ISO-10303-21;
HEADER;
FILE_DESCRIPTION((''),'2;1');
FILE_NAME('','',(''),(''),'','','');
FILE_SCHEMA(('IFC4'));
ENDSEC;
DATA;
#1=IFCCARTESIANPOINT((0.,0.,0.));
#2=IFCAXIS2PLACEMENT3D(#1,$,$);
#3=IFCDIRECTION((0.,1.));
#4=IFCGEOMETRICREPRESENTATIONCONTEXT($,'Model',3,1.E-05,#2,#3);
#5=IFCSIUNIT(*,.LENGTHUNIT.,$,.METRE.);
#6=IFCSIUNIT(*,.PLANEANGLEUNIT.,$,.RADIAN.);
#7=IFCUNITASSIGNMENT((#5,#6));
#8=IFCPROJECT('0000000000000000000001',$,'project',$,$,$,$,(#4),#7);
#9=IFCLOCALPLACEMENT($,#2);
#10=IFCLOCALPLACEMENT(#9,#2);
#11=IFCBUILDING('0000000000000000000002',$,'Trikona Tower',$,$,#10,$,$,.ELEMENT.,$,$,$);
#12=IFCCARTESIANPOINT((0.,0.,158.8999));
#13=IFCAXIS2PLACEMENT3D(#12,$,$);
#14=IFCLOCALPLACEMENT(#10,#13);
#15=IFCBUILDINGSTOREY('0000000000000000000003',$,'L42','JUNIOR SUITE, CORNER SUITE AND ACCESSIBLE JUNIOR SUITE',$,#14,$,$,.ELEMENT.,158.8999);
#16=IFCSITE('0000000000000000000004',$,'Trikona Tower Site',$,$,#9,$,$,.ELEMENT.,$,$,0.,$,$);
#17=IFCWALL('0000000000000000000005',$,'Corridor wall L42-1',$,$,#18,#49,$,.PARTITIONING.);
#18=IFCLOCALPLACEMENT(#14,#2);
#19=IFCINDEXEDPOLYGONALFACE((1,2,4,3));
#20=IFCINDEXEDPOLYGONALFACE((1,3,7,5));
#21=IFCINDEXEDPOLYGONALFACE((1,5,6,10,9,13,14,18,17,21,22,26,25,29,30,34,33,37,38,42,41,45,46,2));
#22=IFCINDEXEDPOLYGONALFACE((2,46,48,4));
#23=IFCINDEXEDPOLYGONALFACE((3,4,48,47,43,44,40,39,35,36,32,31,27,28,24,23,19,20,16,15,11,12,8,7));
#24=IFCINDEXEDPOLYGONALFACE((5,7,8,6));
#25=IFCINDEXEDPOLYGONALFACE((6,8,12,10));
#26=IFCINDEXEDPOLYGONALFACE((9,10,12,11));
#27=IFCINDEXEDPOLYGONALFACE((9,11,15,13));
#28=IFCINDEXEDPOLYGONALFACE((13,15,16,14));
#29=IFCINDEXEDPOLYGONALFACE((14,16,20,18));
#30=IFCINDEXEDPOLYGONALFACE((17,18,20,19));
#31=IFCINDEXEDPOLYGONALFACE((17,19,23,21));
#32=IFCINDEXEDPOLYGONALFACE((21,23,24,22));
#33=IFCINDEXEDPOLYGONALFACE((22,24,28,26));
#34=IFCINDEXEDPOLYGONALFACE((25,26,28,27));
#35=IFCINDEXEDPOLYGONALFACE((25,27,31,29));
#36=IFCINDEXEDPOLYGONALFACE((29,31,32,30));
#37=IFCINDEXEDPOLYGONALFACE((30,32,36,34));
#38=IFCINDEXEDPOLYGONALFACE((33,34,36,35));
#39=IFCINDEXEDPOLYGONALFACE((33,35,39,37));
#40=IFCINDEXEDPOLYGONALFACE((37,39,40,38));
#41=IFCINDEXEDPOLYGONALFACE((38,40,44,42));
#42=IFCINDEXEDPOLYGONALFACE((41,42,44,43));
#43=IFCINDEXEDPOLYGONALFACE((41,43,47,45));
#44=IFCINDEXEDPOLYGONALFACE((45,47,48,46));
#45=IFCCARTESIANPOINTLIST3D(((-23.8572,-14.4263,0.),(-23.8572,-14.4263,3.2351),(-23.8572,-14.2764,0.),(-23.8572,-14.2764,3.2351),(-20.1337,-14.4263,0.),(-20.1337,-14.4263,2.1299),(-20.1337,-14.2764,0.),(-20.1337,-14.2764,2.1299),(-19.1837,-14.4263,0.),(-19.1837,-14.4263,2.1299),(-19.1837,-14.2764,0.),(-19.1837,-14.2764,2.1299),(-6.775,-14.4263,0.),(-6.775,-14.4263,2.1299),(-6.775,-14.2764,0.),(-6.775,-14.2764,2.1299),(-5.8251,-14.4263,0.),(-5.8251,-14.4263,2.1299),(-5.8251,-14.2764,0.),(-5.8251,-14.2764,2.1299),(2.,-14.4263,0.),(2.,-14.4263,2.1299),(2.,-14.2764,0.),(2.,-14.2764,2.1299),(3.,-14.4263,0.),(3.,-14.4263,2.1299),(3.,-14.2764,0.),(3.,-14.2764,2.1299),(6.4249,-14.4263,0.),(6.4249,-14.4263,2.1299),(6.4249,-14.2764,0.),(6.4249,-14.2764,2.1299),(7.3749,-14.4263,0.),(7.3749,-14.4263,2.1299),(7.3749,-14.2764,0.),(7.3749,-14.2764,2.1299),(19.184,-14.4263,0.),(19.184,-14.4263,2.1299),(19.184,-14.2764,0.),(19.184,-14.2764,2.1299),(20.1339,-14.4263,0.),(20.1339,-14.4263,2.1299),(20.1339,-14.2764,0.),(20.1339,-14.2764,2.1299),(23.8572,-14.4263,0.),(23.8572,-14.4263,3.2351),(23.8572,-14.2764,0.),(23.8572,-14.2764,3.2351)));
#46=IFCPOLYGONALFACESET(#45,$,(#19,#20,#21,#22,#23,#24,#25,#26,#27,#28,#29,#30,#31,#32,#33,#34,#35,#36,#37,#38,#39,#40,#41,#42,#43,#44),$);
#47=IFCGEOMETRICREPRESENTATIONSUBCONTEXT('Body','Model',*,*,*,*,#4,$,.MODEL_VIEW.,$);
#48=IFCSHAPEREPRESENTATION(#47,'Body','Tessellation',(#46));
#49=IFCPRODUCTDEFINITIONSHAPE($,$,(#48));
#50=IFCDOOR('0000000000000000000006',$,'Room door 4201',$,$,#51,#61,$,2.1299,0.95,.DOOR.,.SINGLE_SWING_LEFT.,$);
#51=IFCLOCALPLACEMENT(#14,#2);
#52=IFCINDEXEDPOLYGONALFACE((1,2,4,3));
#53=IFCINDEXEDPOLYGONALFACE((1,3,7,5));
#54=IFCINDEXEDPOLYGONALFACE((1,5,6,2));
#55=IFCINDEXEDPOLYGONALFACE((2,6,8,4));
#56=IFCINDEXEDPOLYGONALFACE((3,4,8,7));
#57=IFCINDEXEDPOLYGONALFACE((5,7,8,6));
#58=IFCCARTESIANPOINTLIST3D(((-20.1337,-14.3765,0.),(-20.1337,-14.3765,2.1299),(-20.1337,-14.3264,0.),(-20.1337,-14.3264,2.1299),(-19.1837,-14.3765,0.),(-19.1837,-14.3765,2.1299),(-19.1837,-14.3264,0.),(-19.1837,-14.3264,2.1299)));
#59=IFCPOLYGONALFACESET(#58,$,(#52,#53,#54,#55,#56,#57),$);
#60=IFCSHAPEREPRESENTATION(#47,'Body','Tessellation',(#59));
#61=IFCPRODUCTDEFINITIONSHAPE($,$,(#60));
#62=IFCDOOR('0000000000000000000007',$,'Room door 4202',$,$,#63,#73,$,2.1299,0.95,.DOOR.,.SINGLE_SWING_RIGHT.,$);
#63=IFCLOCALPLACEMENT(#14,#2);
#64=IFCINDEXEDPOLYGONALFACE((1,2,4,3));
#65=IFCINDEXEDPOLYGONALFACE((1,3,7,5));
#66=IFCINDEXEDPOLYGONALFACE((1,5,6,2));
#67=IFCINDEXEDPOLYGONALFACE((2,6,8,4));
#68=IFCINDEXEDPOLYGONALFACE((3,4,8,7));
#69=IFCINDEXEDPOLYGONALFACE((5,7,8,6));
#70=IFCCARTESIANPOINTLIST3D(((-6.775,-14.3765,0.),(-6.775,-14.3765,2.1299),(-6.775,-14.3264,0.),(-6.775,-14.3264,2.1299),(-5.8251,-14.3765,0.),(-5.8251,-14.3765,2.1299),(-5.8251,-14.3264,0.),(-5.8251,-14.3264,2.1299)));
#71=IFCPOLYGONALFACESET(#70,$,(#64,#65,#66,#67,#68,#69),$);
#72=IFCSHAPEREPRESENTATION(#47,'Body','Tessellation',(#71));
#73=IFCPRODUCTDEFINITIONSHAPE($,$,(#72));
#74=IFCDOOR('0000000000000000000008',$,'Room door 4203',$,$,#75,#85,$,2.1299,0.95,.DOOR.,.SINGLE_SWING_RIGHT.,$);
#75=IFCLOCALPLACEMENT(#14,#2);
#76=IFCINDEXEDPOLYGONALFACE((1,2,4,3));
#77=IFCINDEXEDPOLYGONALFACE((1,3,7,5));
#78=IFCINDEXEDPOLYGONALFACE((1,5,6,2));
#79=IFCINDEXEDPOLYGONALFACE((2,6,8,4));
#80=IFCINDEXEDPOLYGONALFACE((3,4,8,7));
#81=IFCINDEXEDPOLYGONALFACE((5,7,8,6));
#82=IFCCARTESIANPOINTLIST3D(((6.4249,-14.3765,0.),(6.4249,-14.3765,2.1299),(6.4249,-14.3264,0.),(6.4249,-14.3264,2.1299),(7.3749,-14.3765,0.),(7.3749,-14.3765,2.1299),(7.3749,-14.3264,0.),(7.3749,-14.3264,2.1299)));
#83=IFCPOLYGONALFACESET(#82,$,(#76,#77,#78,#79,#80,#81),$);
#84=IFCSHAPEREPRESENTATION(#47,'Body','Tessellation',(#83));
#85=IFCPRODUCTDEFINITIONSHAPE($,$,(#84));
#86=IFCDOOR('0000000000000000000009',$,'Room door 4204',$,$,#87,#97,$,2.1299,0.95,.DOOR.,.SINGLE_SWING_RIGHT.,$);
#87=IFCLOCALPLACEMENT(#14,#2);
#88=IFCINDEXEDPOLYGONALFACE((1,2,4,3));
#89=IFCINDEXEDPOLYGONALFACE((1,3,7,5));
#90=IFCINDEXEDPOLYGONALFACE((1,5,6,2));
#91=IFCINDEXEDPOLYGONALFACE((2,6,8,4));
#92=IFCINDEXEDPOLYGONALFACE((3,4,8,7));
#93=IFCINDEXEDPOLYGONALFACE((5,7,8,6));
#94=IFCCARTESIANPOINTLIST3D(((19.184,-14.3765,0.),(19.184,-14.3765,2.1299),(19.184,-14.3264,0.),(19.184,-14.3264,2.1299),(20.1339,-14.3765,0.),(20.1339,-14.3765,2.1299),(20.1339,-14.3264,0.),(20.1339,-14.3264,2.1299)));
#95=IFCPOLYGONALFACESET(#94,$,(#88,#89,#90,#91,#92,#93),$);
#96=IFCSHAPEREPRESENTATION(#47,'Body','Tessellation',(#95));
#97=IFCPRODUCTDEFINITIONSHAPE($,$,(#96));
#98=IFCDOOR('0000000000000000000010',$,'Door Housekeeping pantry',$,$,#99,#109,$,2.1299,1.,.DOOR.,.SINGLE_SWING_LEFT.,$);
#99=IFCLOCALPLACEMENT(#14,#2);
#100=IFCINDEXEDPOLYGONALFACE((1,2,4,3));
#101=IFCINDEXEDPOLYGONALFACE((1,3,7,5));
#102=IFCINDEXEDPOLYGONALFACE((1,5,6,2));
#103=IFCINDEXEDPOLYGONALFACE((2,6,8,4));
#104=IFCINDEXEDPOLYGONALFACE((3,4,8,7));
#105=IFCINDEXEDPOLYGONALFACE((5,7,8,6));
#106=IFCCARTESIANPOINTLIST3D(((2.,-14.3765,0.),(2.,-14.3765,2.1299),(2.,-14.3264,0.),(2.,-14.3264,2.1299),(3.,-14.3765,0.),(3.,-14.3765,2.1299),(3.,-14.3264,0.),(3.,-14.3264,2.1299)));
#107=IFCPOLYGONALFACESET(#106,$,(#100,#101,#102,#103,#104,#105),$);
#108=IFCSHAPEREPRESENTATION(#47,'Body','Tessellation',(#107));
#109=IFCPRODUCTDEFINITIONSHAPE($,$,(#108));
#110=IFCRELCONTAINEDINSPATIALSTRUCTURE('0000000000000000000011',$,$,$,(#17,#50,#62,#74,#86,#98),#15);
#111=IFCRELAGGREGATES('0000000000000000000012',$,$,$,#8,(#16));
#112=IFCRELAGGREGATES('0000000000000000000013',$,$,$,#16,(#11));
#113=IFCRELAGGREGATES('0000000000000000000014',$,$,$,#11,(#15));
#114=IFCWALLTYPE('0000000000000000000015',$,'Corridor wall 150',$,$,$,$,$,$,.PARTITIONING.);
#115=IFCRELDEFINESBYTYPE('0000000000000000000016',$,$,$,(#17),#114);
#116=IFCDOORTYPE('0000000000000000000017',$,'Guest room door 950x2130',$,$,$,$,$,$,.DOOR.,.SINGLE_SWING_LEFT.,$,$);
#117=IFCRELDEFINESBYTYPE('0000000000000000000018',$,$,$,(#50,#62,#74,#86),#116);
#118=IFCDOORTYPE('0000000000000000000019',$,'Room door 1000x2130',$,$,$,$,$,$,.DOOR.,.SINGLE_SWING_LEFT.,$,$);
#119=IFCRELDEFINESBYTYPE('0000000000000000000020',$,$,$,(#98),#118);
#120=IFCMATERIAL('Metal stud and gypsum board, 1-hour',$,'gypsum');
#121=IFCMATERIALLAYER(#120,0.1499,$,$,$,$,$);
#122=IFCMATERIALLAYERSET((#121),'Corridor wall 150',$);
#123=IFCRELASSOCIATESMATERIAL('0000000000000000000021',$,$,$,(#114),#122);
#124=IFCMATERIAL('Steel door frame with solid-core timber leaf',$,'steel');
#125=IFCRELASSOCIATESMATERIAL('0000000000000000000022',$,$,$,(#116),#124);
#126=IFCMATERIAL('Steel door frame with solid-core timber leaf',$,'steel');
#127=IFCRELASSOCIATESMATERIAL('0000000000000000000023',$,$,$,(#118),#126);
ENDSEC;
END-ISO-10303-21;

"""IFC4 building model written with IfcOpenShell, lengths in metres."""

from ifc_helpers import new_model, si_unit, direction, frame, frame_2d, origin, place, context, subcontext, project, spatial, rectangle, extrude, material, layer, layer_set, type_object, element, fill, save


model = new_model("IFC4")

# Units and contexts
model_context = context("Model", 3, precision=1e-05, world=origin(), true_north=direction((0.0, 1.0)))
body_context = subcontext(model_context, "Body", "Model", "MODEL_VIEW")
ifc_project = project(units=[si_unit("LENGTHUNIT", "METRE"), si_unit("PLANEANGLEUNIT", "RADIAN")], contexts=[model_context])

# Site, building, storey
site_placement = place(None, origin())
site = spatial("IfcSite", under=ifc_project, at=site_placement, Name="Trikona Tower Site", CompositionType="ELEMENT", RefElevation=0.0)
building_placement = place(site_placement, origin())
building = spatial("IfcBuilding", under=site, at=building_placement, Name="Trikona Tower", CompositionType="ELEMENT")
storey_placement = place(building_placement, frame((0.0, 0.0, 158.8999)))
storey = spatial("IfcBuildingStorey", under=building, at=storey_placement, Name="L42", Description="JUNIOR SUITE, CORNER SUITE AND ACCESSIBLE JUNIOR SUITE", CompositionType="ELEMENT", Elevation=158.8999)

# Wall, openings, doors
ifc_material_1 = material(Name="Metal stud and gypsum board, 1-hour", Category="gypsum")
ifc_layer_1 = layer(ifc_material_1, 0.1499)
ifc_layer_set_1 = layer_set([ifc_layer_1], Name="Corridor wall 150")
wall_type_1 = type_object("IfcWallType", Name="Corridor wall 150", PredefinedType="PARTITIONING", material=ifc_layer_set_1)
wall_1_placement = place(storey_placement, frame((-23.8572, -14.3513, 0.0), z_axis=(0.0, 0.0, 1.0), x_axis=(1.0, 0.0, 0.0)))
wall_1 = element("IfcWall", 1, at=wall_1_placement, inside=storey, type_object=wall_type_1, Name="Corridor wall L42-1", PredefinedType="PARTITIONING", context=body_context, shape_type="SweptSolid", body=[
    extrude(rectangle(XDim=47.7144, YDim=0.1499, at=frame_2d((23.8572, 0.0))), origin(), (0.0, 0.0, 1.0), 3.2351),
])
opening_1_placement = place(wall_1_placement, frame((3.7234, 0.0, 0.0)))
opening_1 = element("IfcOpeningElement", 2, at=opening_1_placement, cuts=wall_1, PredefinedType="OPENING", context=body_context, shape_type="SweptSolid", body=[
    extrude(rectangle(XDim=0.95, YDim=2.1299, at=frame_2d((0.4751, 1.0649))), frame((0.0, 0.085, 0.0), z_axis=(0.0, -1.0, 0.0), x_axis=(1.0, 0.0, 0.0)), (0.0, 0.0, 1.0), 0.1699),
])
opening_2_placement = place(wall_1_placement, frame((17.082, 0.0, 0.0)))
opening_2 = element("IfcOpeningElement", 3, at=opening_2_placement, cuts=wall_1, PredefinedType="OPENING", context=body_context, shape_type="SweptSolid", body=[
    extrude(rectangle(XDim=0.95, YDim=2.1299, at=frame_2d((0.4751, 1.0649))), frame((0.0, 0.085, 0.0), z_axis=(0.0, -1.0, 0.0), x_axis=(1.0, 0.0, 0.0)), (0.0, 0.0, 1.0), 0.1699),
])
opening_3_placement = place(wall_1_placement, frame((25.8572, 0.0, 0.0)))
opening_3 = element("IfcOpeningElement", 4, at=opening_3_placement, cuts=wall_1, PredefinedType="OPENING", context=body_context, shape_type="SweptSolid", body=[
    extrude(rectangle(XDim=1.0, YDim=2.1299, at=frame_2d((0.5, 1.0649))), frame((0.0, 0.085, 0.0), z_axis=(0.0, -1.0, 0.0), x_axis=(1.0, 0.0, 0.0)), (0.0, 0.0, 1.0), 0.1699),
])
opening_4_placement = place(wall_1_placement, frame((30.282, 0.0, 0.0)))
opening_4 = element("IfcOpeningElement", 5, at=opening_4_placement, cuts=wall_1, PredefinedType="OPENING", context=body_context, shape_type="SweptSolid", body=[
    extrude(rectangle(XDim=0.95, YDim=2.1299, at=frame_2d((0.4751, 1.0649))), frame((0.0, 0.085, 0.0), z_axis=(0.0, -1.0, 0.0), x_axis=(1.0, 0.0, 0.0)), (0.0, 0.0, 1.0), 0.1699),
])
opening_5_placement = place(wall_1_placement, frame((43.041, 0.0, 0.0)))
opening_5 = element("IfcOpeningElement", 6, at=opening_5_placement, cuts=wall_1, PredefinedType="OPENING", context=body_context, shape_type="SweptSolid", body=[
    extrude(rectangle(XDim=0.95, YDim=2.1299, at=frame_2d((0.4751, 1.0649))), frame((0.0, 0.085, 0.0), z_axis=(0.0, -1.0, 0.0), x_axis=(1.0, 0.0, 0.0)), (0.0, 0.0, 1.0), 0.1699),
])
ifc_material_2 = material(Name="Steel door frame with solid-core timber leaf", Category="steel")
door_type_1 = type_object("IfcDoorType", Name="Guest room door 950x2130", OperationType="SINGLE_SWING_LEFT", PredefinedType="DOOR", material=ifc_material_2)
door_1_placement = place(opening_1_placement, origin())
door_1 = element("IfcDoor", 7, at=door_1_placement, inside=storey, type_object=door_type_1, Name="Room door 4201", OperationType="SINGLE_SWING_LEFT", OverallHeight=2.1299, OverallWidth=0.95, PredefinedType="DOOR", context=body_context, shape_type="SweptSolid", body=[
    extrude(rectangle(XDim=0.95, YDim=2.1299, at=frame_2d((0.4751, 1.0649))), frame((0.0, 0.0249, 0.0), z_axis=(0.0, -1.0, 0.0), x_axis=(1.0, 0.0, 0.0)), (0.0, 0.0, 1.0), 0.05),
])
fill(opening_1, door_1)
door_2_placement = place(opening_2_placement, origin())
door_2 = element("IfcDoor", 8, at=door_2_placement, inside=storey, type_object=door_type_1, Name="Room door 4202", OperationType="SINGLE_SWING_RIGHT", OverallHeight=2.1299, OverallWidth=0.95, PredefinedType="DOOR", context=body_context, shape_type="SweptSolid", body=[
    extrude(rectangle(XDim=0.95, YDim=2.1299, at=frame_2d((0.4751, 1.0649))), frame((0.0, 0.0249, 0.0), z_axis=(0.0, -1.0, 0.0), x_axis=(1.0, 0.0, 0.0)), (0.0, 0.0, 1.0), 0.05),
])
fill(opening_2, door_2)
door_3_placement = place(opening_4_placement, origin())
door_3 = element("IfcDoor", 9, at=door_3_placement, inside=storey, type_object=door_type_1, Name="Room door 4203", OperationType="SINGLE_SWING_RIGHT", OverallHeight=2.1299, OverallWidth=0.95, PredefinedType="DOOR", context=body_context, shape_type="SweptSolid", body=[
    extrude(rectangle(XDim=0.95, YDim=2.1299, at=frame_2d((0.4751, 1.0649))), frame((0.0, 0.0249, 0.0), z_axis=(0.0, -1.0, 0.0), x_axis=(1.0, 0.0, 0.0)), (0.0, 0.0, 1.0), 0.05),
])
fill(opening_4, door_3)
door_4_placement = place(opening_5_placement, origin())
door_4 = element("IfcDoor", 10, at=door_4_placement, inside=storey, type_object=door_type_1, Name="Room door 4204", OperationType="SINGLE_SWING_RIGHT", OverallHeight=2.1299, OverallWidth=0.95, PredefinedType="DOOR", context=body_context, shape_type="SweptSolid", body=[
    extrude(rectangle(XDim=0.95, YDim=2.1299, at=frame_2d((0.4751, 1.0649))), frame((0.0, 0.0249, 0.0), z_axis=(0.0, -1.0, 0.0), x_axis=(1.0, 0.0, 0.0)), (0.0, 0.0, 1.0), 0.05),
])
fill(opening_5, door_4)
ifc_material_3 = material(Name="Steel door frame with solid-core timber leaf", Category="steel")
door_type_2 = type_object("IfcDoorType", Name="Room door 1000x2130", OperationType="SINGLE_SWING_LEFT", PredefinedType="DOOR", material=ifc_material_3)
door_5_placement = place(opening_3_placement, origin())
door_5 = element("IfcDoor", 11, at=door_5_placement, inside=storey, type_object=door_type_2, Name="Door Housekeeping pantry", OperationType="SINGLE_SWING_LEFT", OverallHeight=2.1299, OverallWidth=1.0, PredefinedType="DOOR", context=body_context, shape_type="SweptSolid", body=[
    extrude(rectangle(XDim=1.0, YDim=2.1299, at=frame_2d((0.5, 1.0649))), frame((0.0, 0.0249, 0.0), z_axis=(0.0, -1.0, 0.0), x_axis=(1.0, 0.0, 0.0)), (0.0, 0.0, 1.0), 0.05),
])
fill(opening_3, door_5)

save(model, "model.ifc")
